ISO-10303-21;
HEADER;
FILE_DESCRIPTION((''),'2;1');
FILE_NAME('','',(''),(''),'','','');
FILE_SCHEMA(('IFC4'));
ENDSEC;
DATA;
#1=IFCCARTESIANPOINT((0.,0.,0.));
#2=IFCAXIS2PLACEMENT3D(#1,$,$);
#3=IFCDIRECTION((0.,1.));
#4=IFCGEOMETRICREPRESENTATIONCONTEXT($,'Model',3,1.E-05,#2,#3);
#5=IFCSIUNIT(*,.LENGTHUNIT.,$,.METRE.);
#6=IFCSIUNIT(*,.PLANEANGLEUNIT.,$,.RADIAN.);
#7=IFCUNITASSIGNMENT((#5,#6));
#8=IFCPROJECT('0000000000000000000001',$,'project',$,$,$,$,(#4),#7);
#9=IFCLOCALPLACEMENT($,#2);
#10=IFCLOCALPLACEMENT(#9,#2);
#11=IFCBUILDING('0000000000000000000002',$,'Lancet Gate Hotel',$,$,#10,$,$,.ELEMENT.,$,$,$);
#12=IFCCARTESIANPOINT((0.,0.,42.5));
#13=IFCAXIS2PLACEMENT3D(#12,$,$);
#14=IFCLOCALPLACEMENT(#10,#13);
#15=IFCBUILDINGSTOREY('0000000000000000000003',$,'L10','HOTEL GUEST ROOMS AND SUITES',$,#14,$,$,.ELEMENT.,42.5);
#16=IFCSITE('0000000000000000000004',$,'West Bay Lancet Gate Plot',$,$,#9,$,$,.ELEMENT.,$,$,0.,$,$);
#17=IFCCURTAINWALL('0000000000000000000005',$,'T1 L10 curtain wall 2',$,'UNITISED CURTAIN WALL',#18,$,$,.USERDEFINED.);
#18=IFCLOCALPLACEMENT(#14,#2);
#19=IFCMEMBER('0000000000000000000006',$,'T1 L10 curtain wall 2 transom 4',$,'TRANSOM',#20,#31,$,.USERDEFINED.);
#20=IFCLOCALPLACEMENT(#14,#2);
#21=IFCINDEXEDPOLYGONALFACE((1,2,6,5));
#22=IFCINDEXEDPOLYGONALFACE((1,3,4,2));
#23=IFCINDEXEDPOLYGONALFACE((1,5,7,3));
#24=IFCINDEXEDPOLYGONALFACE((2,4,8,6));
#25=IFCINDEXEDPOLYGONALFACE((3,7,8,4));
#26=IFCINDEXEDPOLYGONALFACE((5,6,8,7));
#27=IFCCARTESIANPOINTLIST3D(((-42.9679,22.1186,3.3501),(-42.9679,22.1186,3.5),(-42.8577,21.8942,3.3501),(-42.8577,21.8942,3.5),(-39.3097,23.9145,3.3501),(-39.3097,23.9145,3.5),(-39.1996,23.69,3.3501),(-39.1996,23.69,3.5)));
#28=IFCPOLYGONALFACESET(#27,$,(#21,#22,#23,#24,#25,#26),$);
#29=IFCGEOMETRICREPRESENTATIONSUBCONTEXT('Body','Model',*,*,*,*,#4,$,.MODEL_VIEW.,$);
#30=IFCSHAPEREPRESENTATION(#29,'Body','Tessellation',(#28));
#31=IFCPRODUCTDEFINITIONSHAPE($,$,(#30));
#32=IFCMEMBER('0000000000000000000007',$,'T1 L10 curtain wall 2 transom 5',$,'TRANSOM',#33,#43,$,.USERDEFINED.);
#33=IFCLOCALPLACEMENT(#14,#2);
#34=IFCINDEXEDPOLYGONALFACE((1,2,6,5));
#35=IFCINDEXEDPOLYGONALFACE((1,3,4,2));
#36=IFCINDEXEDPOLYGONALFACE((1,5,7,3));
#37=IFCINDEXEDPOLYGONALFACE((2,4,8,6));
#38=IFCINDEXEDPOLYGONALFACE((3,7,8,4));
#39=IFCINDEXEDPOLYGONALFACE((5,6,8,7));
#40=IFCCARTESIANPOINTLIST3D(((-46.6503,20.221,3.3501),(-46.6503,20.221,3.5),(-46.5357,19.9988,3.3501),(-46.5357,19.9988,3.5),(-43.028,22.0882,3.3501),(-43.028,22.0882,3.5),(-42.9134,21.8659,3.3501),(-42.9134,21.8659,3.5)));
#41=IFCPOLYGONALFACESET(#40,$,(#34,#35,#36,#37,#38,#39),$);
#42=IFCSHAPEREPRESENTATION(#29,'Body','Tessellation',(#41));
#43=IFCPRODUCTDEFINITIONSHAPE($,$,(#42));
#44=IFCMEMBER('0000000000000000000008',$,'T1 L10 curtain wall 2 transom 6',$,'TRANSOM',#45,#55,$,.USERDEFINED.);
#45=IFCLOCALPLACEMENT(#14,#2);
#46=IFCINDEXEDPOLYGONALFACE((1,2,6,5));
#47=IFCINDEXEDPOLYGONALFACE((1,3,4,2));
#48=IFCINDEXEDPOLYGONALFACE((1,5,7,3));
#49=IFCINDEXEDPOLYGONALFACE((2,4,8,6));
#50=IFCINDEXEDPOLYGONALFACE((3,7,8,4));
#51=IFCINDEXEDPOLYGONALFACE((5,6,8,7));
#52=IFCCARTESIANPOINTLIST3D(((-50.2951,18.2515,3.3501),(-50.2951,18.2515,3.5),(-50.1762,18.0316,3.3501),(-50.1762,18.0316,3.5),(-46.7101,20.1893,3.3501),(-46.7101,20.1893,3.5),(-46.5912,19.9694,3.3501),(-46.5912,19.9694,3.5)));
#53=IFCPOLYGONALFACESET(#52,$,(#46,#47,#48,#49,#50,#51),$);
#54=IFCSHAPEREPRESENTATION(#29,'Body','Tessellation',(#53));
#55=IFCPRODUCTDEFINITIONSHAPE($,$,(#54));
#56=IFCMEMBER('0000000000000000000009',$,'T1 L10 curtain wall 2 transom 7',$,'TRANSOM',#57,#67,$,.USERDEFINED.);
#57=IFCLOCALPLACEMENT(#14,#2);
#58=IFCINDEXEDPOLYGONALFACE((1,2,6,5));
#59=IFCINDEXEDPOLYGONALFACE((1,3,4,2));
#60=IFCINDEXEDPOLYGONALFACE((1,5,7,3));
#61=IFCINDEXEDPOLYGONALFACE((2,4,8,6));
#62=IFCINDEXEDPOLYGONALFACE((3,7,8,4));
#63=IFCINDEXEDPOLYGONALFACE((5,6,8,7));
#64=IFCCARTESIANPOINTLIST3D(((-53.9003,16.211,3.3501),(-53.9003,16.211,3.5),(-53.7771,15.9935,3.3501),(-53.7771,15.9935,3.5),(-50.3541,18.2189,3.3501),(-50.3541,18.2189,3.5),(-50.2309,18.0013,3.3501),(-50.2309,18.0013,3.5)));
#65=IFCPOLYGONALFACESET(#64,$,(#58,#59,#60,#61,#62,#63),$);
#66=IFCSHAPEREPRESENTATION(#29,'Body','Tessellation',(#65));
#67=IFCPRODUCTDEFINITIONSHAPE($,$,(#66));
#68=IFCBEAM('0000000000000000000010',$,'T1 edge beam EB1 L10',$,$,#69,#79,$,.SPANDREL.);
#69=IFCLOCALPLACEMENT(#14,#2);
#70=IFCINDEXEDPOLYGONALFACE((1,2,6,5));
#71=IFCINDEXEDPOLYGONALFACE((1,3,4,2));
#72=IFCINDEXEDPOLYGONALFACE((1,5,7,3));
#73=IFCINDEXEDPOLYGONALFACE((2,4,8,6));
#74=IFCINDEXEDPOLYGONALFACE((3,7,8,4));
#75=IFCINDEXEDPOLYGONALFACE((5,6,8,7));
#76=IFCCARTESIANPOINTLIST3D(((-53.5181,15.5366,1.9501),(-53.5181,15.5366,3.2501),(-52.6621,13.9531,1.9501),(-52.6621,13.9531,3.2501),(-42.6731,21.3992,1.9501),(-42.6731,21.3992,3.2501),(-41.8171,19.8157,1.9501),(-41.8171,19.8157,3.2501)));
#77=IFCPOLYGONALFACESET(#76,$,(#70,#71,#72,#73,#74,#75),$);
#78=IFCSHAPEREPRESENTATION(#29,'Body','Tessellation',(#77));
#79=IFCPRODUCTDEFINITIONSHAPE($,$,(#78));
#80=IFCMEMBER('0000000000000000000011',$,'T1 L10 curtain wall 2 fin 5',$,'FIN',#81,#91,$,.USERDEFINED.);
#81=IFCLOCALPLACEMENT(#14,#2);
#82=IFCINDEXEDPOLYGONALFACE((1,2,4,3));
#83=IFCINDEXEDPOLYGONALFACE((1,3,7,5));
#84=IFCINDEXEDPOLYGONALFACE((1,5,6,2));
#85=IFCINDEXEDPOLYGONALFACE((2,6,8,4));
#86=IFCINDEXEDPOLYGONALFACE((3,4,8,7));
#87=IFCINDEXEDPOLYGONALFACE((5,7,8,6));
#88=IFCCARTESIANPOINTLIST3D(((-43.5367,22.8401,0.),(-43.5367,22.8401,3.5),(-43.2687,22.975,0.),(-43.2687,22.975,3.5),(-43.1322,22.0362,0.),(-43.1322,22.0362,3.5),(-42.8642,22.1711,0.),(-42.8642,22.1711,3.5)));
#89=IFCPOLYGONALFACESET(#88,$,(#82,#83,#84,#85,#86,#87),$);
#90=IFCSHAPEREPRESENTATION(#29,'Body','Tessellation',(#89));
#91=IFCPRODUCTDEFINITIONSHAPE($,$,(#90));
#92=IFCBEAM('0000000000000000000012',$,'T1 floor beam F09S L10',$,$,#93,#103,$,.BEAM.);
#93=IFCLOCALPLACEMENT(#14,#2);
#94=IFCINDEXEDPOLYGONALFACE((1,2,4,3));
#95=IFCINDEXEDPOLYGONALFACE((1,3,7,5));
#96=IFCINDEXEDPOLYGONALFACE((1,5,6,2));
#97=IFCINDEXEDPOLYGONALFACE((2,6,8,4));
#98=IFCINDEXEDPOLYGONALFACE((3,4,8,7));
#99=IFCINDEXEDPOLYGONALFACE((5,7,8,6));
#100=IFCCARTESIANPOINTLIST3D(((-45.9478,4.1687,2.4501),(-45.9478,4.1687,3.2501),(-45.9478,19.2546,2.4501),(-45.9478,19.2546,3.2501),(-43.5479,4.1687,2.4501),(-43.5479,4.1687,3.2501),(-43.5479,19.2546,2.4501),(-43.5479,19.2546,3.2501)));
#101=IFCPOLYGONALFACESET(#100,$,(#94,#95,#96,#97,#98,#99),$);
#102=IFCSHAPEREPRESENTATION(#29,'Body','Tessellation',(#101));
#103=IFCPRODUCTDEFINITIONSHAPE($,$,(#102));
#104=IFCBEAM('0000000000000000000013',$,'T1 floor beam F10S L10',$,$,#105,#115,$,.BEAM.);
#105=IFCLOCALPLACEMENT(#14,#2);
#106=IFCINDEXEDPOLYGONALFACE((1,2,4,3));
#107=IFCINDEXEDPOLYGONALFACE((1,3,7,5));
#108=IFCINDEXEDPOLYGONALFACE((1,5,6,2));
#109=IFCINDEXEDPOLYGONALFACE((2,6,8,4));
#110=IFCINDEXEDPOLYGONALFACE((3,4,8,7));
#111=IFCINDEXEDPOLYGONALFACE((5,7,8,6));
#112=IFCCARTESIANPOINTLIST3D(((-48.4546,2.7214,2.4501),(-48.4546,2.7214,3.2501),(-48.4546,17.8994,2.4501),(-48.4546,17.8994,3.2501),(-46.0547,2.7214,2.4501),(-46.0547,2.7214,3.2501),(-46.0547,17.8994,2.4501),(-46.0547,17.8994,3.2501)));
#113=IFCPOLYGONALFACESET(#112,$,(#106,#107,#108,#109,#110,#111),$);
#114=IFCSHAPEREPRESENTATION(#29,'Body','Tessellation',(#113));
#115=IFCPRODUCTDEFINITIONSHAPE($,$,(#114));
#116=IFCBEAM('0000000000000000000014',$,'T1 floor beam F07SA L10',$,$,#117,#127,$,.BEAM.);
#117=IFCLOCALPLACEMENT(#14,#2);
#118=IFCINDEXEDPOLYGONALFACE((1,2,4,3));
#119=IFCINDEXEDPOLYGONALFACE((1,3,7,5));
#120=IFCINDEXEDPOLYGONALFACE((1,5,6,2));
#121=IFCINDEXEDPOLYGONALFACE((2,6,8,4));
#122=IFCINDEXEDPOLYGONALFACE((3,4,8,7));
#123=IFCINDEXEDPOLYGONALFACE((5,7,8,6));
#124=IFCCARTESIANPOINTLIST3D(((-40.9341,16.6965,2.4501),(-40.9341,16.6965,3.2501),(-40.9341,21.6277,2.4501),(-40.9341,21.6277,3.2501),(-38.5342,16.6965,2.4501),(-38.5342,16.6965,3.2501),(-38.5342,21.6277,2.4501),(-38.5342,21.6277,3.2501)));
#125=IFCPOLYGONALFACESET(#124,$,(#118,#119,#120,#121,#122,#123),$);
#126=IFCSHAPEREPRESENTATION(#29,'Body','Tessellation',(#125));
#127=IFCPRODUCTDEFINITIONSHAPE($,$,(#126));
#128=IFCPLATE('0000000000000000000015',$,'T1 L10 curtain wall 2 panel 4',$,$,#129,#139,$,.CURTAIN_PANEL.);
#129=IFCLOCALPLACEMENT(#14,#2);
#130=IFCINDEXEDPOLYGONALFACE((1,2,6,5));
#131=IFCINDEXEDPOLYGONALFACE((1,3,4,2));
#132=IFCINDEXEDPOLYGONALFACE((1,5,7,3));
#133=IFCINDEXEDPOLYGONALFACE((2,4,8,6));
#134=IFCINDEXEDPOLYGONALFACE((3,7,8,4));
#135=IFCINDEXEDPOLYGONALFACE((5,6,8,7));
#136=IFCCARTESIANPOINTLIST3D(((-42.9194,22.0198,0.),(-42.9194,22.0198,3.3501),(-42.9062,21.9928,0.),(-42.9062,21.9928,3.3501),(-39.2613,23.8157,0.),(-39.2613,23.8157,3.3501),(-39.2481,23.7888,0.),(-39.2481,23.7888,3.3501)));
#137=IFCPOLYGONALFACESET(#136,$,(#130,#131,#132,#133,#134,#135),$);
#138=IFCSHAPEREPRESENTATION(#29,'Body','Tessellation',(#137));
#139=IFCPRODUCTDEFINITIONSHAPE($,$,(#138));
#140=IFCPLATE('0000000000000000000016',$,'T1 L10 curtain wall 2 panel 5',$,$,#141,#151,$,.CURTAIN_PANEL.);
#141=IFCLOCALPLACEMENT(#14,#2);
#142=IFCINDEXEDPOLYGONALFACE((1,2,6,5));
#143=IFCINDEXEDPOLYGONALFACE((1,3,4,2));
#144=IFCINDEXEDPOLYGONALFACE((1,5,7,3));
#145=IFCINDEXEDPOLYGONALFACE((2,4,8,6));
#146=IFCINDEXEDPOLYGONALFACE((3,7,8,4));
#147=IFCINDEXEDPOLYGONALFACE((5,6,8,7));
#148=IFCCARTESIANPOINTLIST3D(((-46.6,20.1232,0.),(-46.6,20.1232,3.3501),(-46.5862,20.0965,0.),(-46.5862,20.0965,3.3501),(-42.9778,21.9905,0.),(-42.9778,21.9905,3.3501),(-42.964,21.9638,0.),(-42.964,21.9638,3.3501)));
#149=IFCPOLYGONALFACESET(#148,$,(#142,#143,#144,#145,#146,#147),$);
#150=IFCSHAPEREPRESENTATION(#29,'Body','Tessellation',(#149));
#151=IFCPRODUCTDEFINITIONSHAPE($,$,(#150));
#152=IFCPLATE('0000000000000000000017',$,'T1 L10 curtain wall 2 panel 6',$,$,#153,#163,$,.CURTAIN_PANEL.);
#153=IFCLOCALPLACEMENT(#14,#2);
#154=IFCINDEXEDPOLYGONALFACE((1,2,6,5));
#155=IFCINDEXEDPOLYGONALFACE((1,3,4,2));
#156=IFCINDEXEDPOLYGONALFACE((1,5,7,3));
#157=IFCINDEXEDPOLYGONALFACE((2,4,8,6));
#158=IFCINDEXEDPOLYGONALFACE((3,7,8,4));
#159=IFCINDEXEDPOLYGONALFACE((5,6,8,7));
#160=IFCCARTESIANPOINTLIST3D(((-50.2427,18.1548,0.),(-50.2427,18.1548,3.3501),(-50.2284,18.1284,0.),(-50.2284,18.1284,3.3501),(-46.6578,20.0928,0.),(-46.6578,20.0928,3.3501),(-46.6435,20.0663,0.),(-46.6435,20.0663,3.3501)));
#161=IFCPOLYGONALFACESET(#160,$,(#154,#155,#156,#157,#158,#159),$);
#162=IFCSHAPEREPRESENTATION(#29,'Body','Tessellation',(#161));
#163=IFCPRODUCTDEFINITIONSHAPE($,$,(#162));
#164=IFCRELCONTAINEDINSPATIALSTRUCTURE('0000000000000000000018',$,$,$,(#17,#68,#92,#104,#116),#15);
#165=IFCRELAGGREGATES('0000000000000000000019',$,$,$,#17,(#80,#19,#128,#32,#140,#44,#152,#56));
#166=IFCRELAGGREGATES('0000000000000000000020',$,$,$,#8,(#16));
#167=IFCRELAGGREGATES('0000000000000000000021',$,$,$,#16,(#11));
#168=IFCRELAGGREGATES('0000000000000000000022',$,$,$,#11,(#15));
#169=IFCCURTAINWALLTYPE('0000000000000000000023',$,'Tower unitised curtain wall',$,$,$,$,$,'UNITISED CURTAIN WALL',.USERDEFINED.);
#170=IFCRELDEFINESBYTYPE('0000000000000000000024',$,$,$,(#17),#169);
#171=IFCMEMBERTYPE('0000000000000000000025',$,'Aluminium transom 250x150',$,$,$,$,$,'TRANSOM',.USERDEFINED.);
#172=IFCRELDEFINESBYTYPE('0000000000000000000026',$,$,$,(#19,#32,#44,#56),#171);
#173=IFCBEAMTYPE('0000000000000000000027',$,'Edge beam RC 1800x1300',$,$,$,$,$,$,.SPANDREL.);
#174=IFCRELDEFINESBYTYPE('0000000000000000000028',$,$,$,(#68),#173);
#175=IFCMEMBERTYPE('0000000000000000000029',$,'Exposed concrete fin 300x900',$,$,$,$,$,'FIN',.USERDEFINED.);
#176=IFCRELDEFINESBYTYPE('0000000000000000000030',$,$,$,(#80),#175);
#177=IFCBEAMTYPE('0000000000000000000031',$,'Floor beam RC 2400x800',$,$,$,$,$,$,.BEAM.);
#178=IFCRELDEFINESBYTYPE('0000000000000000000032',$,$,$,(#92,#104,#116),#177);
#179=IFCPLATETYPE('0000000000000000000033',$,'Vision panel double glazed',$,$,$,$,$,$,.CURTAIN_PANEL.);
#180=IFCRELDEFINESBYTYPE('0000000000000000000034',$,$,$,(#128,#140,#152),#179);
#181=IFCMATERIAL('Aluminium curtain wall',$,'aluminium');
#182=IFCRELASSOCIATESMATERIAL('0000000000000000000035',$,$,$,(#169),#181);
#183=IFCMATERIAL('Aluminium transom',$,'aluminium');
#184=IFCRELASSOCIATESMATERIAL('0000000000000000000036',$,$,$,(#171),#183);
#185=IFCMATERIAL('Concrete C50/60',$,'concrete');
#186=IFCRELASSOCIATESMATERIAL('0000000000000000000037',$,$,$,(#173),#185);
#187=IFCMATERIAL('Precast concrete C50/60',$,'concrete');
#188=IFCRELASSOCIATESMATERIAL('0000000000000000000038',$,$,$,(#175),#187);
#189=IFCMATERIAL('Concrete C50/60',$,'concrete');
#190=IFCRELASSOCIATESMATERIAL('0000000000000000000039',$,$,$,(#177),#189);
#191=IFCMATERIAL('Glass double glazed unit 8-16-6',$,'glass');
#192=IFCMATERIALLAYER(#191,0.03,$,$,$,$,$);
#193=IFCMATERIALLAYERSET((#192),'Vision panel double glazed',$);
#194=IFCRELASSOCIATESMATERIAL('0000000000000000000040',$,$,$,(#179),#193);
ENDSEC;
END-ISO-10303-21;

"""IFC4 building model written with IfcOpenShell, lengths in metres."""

from ifc_helpers import new_model, si_unit, direction, frame, origin, origin_2d, place, context, subcontext, project, spatial, rectangle, extrude, material, layer, layer_set, material_profile, profile_set, type_object, element, aggregate, save


model = new_model("IFC4")

# Units and contexts
model_context = context("Model", 3, precision=1e-05, world=origin(), true_north=direction((0.0, 1.0)))
body_context = subcontext(model_context, "Body", "Model", "MODEL_VIEW")
ifc_project = project(units=[si_unit("LENGTHUNIT", "METRE"), si_unit("PLANEANGLEUNIT", "RADIAN")], contexts=[model_context])

# Site, building, storey
site_placement = place(None, origin())
site = spatial("IfcSite", under=ifc_project, at=site_placement, Name="West Bay Lancet Gate Plot", CompositionType="ELEMENT", RefElevation=0.0)
building_placement = place(site_placement, origin())
building = spatial("IfcBuilding", under=site, at=building_placement, Name="Lancet Gate Hotel", CompositionType="ELEMENT")
storey_placement = place(building_placement, frame((0.0, 0.0, 42.5)))
storey = spatial("IfcBuildingStorey", under=building, at=storey_placement, Name="L10", Description="HOTEL GUEST ROOMS AND SUITES", CompositionType="ELEMENT", Elevation=42.5)

# Curtain wall, members
ifc_material_1 = material(Name="Aluminium curtain wall", Category="aluminium")
curtain_wall_type = type_object("IfcCurtainWallType", Name="Tower unitised curtain wall", ElementType="UNITISED CURTAIN WALL", PredefinedType="USERDEFINED", material=ifc_material_1)
curtain_wall_placement = place(storey_placement, origin())
curtain_wall = element("IfcCurtainWall", 1, at=curtain_wall_placement, inside=storey, type_object=curtain_wall_type, Name="T1 L10 curtain wall 2", ObjectType="UNITISED CURTAIN WALL", PredefinedType="USERDEFINED")
ifc_material_2 = material(Name="Aluminium transom", Category="aluminium")
ifc_material_profile_1 = material_profile(ifc_material_2, rectangle(XDim=0.25, YDim=0.1499, at=origin_2d()), Name="TRANSOM 250x150")
ifc_profile_set_1 = profile_set([ifc_material_profile_1], Name="Aluminium transom")
member_type_1 = type_object("IfcMemberType", Name="Aluminium transom 250x150", ElementType="TRANSOM", PredefinedType="USERDEFINED", material=ifc_profile_set_1)
member_1_placement = place(storey_placement, frame((-39.2546, 23.8022, 3.425), z_axis=(-0.897662, -0.440684, 0.0), x_axis=(0.440684, -0.897662, 0.0)))
member_1 = element("IfcMember", 2, at=member_1_placement, type_object=member_type_1, Name="T1 L10 curtain wall 2 transom 4", ObjectType="TRANSOM", PredefinedType="USERDEFINED", context=body_context, shape_type="SweptSolid", body=[
    extrude(rectangle(XDim=0.25, YDim=0.1499, at=origin_2d()), origin(), (0.0, 0.0, 1.0), 4.0752),
])
member_2_placement = place(storey_placement, frame((-42.9707, 21.9771, 3.425), z_axis=(-0.88886, -0.458179, 0.0), x_axis=(0.458179, -0.88886, 0.0)))
member_2 = element("IfcMember", 3, at=member_2_placement, type_object=member_type_1, Name="T1 L10 curtain wall 2 transom 5", ObjectType="TRANSOM", PredefinedType="USERDEFINED", context=body_context, shape_type="SweptSolid", body=[
    extrude(rectangle(XDim=0.25, YDim=0.1499, at=origin_2d()), origin(), (0.0, 0.0, 1.0), 4.0752),
])
member_3_placement = place(storey_placement, frame((-46.6506, 20.0793, 3.425), z_axis=(-0.879714, -0.475503, 0.0), x_axis=(0.475503, -0.879714, 0.0)))
member_3 = element("IfcMember", 4, at=member_3_placement, type_object=member_type_1, Name="T1 L10 curtain wall 2 transom 6", ObjectType="TRANSOM", PredefinedType="USERDEFINED", context=body_context, shape_type="SweptSolid", body=[
    extrude(rectangle(XDim=0.25, YDim=0.1499, at=origin_2d()), origin(), (0.0, 0.0, 1.0), 4.0752),
])
member_4_placement = place(storey_placement, frame((-50.2925, 18.1101, 3.425), z_axis=(-0.870198, -0.492703, 0.0), x_axis=(0.492703, -0.870198, 0.0)))
member_4 = element("IfcMember", 5, at=member_4_placement, type_object=member_type_1, Name="T1 L10 curtain wall 2 transom 7", ObjectType="TRANSOM", PredefinedType="USERDEFINED", context=body_context, shape_type="SweptSolid", body=[
    extrude(rectangle(XDim=0.25, YDim=0.1499, at=origin_2d()), origin(), (0.0, 0.0, 1.0), 4.0752),
])

# Beam
ifc_material_3 = material(Name="Concrete C50/60", Category="concrete")
ifc_material_profile_2 = material_profile(ifc_material_3, rectangle(XDim=1.8, YDim=1.3, at=origin_2d()), Name="RC 1800x1300")
ifc_profile_set_2 = profile_set([ifc_material_profile_2], Name="Concrete C50/60")
beam_type_1 = type_object("IfcBeamType", Name="Edge beam RC 1800x1300", PredefinedType="SPANDREL", material=ifc_profile_set_2)
beam_1_placement = place(storey_placement, frame((-42.2451, 20.6074, 2.6001), z_axis=(-0.879693, -0.475542, 0.0), x_axis=(0.475542, -0.879693, 0.0)))
element("IfcBeam", 6, at=beam_1_placement, inside=storey, type_object=beam_type_1, Name="T1 edge beam EB1 L10", PredefinedType="SPANDREL", context=body_context, shape_type="SweptSolid", body=[
    extrude(rectangle(XDim=1.8, YDim=1.3, at=origin_2d()), origin(), (0.0, 0.0, 1.0), 12.3281),
])

# Member
ifc_material_4 = material(Name="Precast concrete C50/60", Category="concrete")
ifc_material_profile_3 = material_profile(ifc_material_4, rectangle(XDim=0.3, YDim=0.8999, at=origin_2d()), Name="FIN 300x900")
ifc_profile_set_3 = profile_set([ifc_material_profile_3], Name="Precast concrete C50/60")
member_type_2 = type_object("IfcMemberType", Name="Exposed concrete fin 300x900", ElementType="FIN", PredefinedType="USERDEFINED", material=ifc_profile_set_3)
member_5_placement = place(storey_placement, frame((-43.2004, 22.5056, 0.0), z_axis=(0.0, 0.0, 1.0), x_axis=(-0.893292, -0.449478, 0.0)))
member_5 = element("IfcMember", 7, at=member_5_placement, type_object=member_type_2, Name="T1 L10 curtain wall 2 fin 5", ObjectType="FIN", PredefinedType="USERDEFINED", context=body_context, shape_type="SweptSolid", body=[
    extrude(rectangle(XDim=0.3, YDim=0.8999, at=origin_2d()), origin(), (0.0, 0.0, 1.0), 3.5),
])

# Beams
ifc_material_5 = material(Name="Concrete C50/60", Category="concrete")
ifc_material_profile_4 = material_profile(ifc_material_5, rectangle(XDim=2.3999, YDim=0.8, at=origin_2d()), Name="RC 2400x800")
ifc_profile_set_4 = profile_set([ifc_material_profile_4], Name="Concrete C50/60")
beam_type_2 = type_object("IfcBeamType", Name="Floor beam RC 2400x800", PredefinedType="BEAM", material=ifc_profile_set_4)
beam_2_placement = place(storey_placement, frame((-44.7478, 19.2546, 2.8501), z_axis=(0.0, -1.0, 0.0), x_axis=(1.0, 0.0, 0.0)))
element("IfcBeam", 8, at=beam_2_placement, inside=storey, type_object=beam_type_2, Name="T1 floor beam F09S L10", PredefinedType="BEAM", context=body_context, shape_type="SweptSolid", body=[
    extrude(rectangle(XDim=2.3999, YDim=0.8, at=origin_2d()), origin(), (0.0, 0.0, 1.0), 15.0859),
])
beam_3_placement = place(storey_placement, frame((-47.2546, 17.8994, 2.8501), z_axis=(0.0, -1.0, 0.0), x_axis=(1.0, 0.0, 0.0)))
element("IfcBeam", 9, at=beam_3_placement, inside=storey, type_object=beam_type_2, Name="T1 floor beam F10S L10", PredefinedType="BEAM", context=body_context, shape_type="SweptSolid", body=[
    extrude(rectangle(XDim=2.3999, YDim=0.8, at=origin_2d()), origin(), (0.0, 0.0, 1.0), 15.178),
])
beam_4_placement = place(storey_placement, frame((-39.7341, 21.6277, 2.8501), z_axis=(0.0, -1.0, 0.0), x_axis=(1.0, 0.0, 0.0)))
element("IfcBeam", 10, at=beam_4_placement, inside=storey, type_object=beam_type_2, Name="T1 floor beam F07SA L10", PredefinedType="BEAM", context=body_context, shape_type="SweptSolid", body=[
    extrude(rectangle(XDim=2.3999, YDim=0.8, at=origin_2d()), origin(), (0.0, 0.0, 1.0), 4.9312),
])

# Plates
ifc_material_6 = material(Name="Glass double glazed unit 8-16-6", Category="glass")
ifc_layer = layer(ifc_material_6, 0.03)
ifc_layer_set = layer_set([ifc_layer], Name="Vision panel double glazed")
plate_type = type_object("IfcPlateType", Name="Vision panel double glazed", PredefinedType="CURTAIN_PANEL", material=ifc_layer_set)
plate_1_placement = place(storey_placement, frame((-41.0837, 22.9043, 0.0), z_axis=(0.0, 0.0, 1.0), x_axis=(-0.897653, -0.440702, 0.0)))
plate_1 = element("IfcPlate", 11, at=plate_1_placement, type_object=plate_type, Name="T1 L10 curtain wall 2 panel 4", PredefinedType="CURTAIN_PANEL", context=body_context, shape_type="SweptSolid", body=[
    extrude(rectangle(XDim=4.0752, YDim=0.03, at=origin_2d()), origin(), (0.0, 0.0, 1.0), 3.3501),
])
plate_2_placement = place(storey_placement, frame((-44.782, 21.0435, 0.0), z_axis=(0.0, 0.0, 1.0), x_axis=(-0.888844, -0.45821, 0.0)))
plate_2 = element("IfcPlate", 12, at=plate_2_placement, type_object=plate_type, Name="T1 L10 curtain wall 2 panel 5", PredefinedType="CURTAIN_PANEL", context=body_context, shape_type="SweptSolid", body=[
    extrude(rectangle(XDim=4.0752, YDim=0.03, at=origin_2d()), origin(), (0.0, 0.0, 1.0), 3.3501),
])
plate_3_placement = place(storey_placement, frame((-48.4431, 19.1106, 0.0), z_axis=(0.0, 0.0, 1.0), x_axis=(-0.879693, -0.475541, 0.0)))
plate_3 = element("IfcPlate", 13, at=plate_3_placement, type_object=plate_type, Name="T1 L10 curtain wall 2 panel 6", PredefinedType="CURTAIN_PANEL", context=body_context, shape_type="SweptSolid", body=[
    extrude(rectangle(XDim=4.0752, YDim=0.03, at=origin_2d()), origin(), (0.0, 0.0, 1.0), 3.3501),
])
aggregate(curtain_wall, [member_5, member_1, plate_1, member_2, plate_2, member_3, plate_3, member_4])

save(model, "model.ifc")
